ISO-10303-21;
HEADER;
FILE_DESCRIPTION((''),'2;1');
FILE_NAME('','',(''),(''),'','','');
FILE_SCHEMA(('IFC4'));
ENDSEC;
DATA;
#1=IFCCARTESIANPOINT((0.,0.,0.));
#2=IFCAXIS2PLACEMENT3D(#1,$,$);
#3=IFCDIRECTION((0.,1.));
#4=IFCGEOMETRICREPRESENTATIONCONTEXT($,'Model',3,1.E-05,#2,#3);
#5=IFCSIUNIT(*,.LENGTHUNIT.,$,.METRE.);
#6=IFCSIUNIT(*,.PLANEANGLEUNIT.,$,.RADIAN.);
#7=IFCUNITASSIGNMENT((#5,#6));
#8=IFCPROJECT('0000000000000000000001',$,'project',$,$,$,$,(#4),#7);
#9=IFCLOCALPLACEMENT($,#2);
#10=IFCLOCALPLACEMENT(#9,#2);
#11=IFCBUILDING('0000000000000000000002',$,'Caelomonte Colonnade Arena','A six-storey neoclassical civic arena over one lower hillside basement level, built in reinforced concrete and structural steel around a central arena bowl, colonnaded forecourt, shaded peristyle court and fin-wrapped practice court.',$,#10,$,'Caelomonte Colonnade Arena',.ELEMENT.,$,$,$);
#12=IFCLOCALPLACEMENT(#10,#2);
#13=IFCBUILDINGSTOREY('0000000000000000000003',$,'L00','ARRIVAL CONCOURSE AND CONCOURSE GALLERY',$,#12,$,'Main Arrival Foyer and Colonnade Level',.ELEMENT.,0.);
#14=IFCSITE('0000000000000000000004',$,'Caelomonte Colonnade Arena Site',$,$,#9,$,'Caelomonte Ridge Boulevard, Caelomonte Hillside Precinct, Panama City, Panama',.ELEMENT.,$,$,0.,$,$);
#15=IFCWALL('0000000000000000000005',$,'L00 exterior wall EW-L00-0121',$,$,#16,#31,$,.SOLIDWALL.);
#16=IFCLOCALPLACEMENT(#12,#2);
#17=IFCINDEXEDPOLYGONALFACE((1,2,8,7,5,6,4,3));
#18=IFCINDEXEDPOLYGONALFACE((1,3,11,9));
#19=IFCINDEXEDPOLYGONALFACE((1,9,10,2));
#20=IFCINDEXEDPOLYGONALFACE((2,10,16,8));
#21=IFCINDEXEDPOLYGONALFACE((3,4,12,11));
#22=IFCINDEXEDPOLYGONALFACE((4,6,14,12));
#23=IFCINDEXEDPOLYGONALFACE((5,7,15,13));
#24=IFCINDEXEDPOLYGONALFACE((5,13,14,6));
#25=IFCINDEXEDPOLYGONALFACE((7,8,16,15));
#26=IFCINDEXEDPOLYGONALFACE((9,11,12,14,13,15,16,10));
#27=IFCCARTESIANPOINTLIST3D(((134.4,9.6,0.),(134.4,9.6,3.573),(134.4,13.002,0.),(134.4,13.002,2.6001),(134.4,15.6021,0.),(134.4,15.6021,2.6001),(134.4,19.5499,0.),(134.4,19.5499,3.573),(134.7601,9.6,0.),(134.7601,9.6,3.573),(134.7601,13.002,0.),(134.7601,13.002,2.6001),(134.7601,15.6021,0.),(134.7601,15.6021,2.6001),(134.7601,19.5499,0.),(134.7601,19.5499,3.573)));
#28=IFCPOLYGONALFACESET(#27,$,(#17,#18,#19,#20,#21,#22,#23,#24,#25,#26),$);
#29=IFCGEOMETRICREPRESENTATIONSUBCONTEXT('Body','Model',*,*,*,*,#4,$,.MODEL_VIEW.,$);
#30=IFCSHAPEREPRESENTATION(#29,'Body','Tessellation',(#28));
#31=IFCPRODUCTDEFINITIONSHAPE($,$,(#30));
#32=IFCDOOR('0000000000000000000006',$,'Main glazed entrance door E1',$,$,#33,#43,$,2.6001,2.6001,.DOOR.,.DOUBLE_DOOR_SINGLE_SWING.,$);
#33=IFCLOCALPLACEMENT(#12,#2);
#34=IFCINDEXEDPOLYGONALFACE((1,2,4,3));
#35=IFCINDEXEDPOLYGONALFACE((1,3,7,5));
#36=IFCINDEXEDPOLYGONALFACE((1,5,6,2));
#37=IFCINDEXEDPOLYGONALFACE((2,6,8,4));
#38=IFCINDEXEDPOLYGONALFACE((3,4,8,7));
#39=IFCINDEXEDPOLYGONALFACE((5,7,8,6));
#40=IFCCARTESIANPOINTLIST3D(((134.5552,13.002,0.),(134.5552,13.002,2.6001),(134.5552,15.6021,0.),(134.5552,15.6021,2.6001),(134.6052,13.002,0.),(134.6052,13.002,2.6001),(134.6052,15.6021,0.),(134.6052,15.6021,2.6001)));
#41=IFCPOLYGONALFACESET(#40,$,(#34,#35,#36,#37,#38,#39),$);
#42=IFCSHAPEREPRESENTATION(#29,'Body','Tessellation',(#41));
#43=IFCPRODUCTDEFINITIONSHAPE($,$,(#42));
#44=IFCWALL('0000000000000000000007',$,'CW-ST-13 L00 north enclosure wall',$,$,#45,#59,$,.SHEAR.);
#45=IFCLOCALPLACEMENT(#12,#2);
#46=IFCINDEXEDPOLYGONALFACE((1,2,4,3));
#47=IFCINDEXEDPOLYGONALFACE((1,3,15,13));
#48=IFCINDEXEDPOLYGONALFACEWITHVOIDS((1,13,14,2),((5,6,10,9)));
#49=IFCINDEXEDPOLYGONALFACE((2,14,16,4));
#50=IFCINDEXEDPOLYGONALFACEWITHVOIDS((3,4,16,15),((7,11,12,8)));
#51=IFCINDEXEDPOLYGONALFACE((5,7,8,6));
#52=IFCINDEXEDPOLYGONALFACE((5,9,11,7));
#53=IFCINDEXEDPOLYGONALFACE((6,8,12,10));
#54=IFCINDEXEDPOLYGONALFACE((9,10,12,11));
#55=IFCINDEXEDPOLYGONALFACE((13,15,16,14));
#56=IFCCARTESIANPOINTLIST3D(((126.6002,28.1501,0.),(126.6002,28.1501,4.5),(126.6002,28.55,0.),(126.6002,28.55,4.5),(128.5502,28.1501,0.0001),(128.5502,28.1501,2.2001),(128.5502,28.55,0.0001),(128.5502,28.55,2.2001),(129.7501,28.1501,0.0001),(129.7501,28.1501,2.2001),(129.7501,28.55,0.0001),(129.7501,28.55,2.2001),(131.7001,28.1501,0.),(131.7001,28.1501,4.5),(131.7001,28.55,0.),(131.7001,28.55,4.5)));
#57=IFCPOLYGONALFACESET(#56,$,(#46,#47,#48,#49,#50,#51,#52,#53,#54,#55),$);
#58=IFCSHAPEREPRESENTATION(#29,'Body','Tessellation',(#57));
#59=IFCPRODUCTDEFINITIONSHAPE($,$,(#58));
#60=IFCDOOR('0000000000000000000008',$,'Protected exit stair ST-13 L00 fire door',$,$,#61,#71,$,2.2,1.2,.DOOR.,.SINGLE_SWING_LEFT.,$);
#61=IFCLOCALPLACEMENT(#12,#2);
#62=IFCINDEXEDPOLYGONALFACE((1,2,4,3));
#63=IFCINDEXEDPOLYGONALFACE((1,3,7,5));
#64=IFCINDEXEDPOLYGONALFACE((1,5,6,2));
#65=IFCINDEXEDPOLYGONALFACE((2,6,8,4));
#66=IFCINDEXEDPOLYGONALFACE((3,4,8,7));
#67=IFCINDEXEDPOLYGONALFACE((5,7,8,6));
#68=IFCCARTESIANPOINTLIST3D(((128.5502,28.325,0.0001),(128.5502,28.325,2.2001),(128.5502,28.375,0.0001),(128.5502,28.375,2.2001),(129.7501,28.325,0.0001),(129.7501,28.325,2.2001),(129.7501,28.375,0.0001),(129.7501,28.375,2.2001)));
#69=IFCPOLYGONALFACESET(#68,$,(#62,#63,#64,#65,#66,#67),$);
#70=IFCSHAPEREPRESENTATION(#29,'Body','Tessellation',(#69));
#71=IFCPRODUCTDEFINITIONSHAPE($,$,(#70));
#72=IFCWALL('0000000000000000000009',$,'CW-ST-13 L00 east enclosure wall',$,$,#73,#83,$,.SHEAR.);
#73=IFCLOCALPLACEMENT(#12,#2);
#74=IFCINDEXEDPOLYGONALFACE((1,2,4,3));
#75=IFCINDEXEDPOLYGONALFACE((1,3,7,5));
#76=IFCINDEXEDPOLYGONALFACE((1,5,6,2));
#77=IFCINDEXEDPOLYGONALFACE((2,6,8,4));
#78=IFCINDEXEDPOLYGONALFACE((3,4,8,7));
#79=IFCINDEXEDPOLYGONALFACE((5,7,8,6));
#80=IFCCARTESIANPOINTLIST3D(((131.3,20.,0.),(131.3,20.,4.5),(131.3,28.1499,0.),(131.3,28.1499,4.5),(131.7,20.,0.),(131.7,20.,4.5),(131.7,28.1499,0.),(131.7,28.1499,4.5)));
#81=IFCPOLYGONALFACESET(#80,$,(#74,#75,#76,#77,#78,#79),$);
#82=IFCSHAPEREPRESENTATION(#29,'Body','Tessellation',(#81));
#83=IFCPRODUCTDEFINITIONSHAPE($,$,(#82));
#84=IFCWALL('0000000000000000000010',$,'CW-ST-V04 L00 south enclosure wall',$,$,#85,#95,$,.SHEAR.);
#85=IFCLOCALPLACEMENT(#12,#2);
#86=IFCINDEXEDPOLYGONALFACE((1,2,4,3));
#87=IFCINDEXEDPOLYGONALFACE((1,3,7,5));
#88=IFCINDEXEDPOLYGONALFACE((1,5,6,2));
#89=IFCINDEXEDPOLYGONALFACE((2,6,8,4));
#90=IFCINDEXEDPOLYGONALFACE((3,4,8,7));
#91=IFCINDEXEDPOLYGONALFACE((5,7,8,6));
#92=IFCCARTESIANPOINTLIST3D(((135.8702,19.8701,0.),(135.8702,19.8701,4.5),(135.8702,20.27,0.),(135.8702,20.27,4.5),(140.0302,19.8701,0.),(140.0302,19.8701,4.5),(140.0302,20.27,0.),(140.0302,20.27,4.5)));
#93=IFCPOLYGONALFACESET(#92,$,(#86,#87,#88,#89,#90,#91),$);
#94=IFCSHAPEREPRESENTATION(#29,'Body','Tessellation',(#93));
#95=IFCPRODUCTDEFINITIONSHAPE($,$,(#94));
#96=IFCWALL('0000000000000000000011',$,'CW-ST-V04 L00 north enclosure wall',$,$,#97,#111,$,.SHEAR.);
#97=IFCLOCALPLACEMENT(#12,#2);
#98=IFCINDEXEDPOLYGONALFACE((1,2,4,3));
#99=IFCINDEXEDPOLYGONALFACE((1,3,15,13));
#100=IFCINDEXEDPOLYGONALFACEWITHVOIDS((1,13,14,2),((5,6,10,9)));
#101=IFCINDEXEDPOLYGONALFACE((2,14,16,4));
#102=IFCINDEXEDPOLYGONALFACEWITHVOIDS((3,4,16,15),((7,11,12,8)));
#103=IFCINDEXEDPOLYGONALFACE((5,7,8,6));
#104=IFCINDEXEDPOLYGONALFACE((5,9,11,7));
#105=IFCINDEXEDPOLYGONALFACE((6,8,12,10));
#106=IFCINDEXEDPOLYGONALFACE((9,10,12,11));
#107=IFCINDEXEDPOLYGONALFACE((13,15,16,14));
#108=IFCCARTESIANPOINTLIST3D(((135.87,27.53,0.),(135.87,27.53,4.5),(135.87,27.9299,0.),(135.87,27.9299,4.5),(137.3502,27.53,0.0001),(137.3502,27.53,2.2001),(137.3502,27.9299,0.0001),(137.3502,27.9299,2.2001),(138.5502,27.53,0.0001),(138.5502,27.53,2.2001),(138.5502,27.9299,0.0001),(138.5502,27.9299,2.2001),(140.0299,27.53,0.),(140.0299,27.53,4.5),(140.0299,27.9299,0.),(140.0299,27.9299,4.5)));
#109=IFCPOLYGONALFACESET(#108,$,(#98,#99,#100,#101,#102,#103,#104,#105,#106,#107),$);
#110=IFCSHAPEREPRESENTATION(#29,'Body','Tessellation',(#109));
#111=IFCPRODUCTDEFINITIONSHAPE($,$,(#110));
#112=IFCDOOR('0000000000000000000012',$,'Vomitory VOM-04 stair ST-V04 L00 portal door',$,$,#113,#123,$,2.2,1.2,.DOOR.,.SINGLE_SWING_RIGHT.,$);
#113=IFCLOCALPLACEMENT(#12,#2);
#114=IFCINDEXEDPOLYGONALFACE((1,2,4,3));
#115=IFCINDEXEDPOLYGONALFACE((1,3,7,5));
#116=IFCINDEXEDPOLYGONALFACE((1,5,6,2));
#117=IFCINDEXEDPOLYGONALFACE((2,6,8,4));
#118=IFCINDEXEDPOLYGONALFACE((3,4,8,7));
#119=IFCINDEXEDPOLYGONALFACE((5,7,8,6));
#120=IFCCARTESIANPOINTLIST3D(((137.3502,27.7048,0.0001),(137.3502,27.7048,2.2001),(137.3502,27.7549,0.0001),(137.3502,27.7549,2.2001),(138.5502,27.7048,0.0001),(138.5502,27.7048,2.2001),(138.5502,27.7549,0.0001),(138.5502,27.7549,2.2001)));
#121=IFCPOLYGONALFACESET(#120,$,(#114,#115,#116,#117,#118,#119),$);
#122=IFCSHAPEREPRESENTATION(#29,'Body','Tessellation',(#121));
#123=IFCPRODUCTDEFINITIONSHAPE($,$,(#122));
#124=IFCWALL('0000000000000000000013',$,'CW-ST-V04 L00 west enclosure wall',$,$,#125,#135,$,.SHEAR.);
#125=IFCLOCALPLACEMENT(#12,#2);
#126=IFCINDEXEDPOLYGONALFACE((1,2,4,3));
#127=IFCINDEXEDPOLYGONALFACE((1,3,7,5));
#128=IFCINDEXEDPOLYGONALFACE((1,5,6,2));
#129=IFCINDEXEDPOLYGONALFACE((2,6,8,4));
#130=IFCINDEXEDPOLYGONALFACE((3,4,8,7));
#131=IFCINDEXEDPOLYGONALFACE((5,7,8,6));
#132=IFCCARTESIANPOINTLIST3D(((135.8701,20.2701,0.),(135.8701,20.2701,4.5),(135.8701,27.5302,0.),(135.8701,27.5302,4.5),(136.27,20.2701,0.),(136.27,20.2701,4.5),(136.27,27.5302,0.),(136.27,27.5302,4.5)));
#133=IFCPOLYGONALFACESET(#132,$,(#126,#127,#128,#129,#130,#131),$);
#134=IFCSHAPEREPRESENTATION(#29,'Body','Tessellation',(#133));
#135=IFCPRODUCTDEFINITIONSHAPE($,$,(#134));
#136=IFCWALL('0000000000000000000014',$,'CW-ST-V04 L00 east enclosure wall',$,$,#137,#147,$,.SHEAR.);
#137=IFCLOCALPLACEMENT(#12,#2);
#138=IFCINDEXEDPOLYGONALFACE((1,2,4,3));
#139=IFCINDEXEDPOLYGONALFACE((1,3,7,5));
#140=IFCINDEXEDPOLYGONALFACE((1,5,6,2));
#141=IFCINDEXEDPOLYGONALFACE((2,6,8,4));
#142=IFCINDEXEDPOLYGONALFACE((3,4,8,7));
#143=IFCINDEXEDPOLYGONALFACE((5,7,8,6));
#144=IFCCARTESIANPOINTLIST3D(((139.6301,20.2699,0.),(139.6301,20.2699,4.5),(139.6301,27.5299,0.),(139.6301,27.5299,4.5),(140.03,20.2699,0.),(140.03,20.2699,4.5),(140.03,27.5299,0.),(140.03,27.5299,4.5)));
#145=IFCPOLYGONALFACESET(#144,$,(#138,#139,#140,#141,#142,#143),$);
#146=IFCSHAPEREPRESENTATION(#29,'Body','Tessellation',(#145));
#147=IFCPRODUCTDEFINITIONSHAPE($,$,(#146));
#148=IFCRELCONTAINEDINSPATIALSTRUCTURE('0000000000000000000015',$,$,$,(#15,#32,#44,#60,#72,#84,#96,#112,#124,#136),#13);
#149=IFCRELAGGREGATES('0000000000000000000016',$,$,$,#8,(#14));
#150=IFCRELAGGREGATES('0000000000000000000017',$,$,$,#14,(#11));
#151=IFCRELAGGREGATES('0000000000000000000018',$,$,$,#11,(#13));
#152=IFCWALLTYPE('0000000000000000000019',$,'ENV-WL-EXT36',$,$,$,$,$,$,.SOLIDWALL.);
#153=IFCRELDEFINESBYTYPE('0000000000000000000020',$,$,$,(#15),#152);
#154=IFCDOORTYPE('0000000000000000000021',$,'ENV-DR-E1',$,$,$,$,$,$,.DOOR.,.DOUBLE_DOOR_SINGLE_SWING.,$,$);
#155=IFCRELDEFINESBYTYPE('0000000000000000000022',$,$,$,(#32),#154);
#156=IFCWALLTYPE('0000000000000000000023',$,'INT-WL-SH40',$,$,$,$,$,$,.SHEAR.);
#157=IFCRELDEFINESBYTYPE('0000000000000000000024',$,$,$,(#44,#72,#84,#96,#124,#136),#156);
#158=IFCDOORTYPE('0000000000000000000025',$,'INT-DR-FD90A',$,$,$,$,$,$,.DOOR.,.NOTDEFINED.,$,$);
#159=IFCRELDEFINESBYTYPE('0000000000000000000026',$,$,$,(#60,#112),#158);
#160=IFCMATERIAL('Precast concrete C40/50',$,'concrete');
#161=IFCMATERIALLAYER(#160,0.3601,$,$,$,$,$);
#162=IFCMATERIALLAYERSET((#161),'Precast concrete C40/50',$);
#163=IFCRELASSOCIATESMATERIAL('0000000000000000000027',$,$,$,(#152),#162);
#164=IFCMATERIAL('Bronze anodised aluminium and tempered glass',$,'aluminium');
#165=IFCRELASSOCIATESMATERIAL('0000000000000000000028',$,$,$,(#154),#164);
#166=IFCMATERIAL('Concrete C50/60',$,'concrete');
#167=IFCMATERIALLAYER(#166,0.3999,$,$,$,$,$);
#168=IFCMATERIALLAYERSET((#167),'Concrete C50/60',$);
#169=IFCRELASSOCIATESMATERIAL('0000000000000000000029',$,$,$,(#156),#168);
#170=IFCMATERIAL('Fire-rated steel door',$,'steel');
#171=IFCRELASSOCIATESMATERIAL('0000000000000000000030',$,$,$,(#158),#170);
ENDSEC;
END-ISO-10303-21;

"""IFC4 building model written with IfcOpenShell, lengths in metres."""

from ifc_helpers import new_model, si_unit, direction, frame, frame_2d, origin, place, context, subcontext, project, spatial, rectangle, extrude, material, layer, layer_set, type_object, element, fill, save


model = new_model("IFC4")

# Units and contexts
model_context = context("Model", 3, precision=1e-05, world=origin(), true_north=direction((0.0, 1.0)))
body_context = subcontext(model_context, "Body", "Model", "MODEL_VIEW")
ifc_project = project(units=[si_unit("LENGTHUNIT", "METRE"), si_unit("PLANEANGLEUNIT", "RADIAN")], contexts=[model_context])

# Site, building, storey
site_placement = place(None, origin())
site = spatial("IfcSite", under=ifc_project, at=site_placement, Name="Caelomonte Colonnade Arena Site", LongName="Caelomonte Ridge Boulevard, Caelomonte Hillside Precinct, Panama City, Panama", CompositionType="ELEMENT", RefElevation=0.0)
building_placement = place(site_placement, origin())
building = spatial("IfcBuilding", under=site, at=building_placement, Name="Caelomonte Colonnade Arena", Description="A six-storey neoclassical civic arena over one lower hillside basement level, built in reinforced concrete and structural steel around a central arena bowl, colonnaded forecourt, shaded peristyle court and fin-wrapped practice court.", LongName="Caelomonte Colonnade Arena", CompositionType="ELEMENT")
storey_placement = place(building_placement, origin())
storey = spatial("IfcBuildingStorey", under=building, at=storey_placement, Name="L00", Description="ARRIVAL CONCOURSE AND CONCOURSE GALLERY", LongName="Main Arrival Foyer and Colonnade Level", CompositionType="ELEMENT", Elevation=0.0)

# Shared definitions
ifc_material_1 = material(Name="Concrete C50/60", Category="concrete")

# Walls, openings, doors
ifc_material_2 = material(Name="Precast concrete C40/50", Category="concrete")
ifc_layer_1 = layer(ifc_material_2, 0.3601)
ifc_layer_set_1 = layer_set([ifc_layer_1], Name="Precast concrete C40/50")
wall_type_1 = type_object("IfcWallType", Name="ENV-WL-EXT36", PredefinedType="SOLIDWALL", material=ifc_layer_set_1)
wall_1_placement = place(storey_placement, frame((134.5801, 19.55, 0.0), z_axis=(0.0, 0.0, 1.0), x_axis=(0.0, -1.0, 0.0)))
wall_1 = element("IfcWall", 1, at=wall_1_placement, inside=storey, type_object=wall_type_1, Name="L00 exterior wall EW-L00-0121", PredefinedType="SOLIDWALL", context=body_context, shape_type="SweptSolid", body=[
    extrude(rectangle(XDim=9.95, YDim=0.3601, at=frame_2d((4.9751, 0.0))), origin(), (0.0, 0.0, 1.0), 3.573),
])
opening_1_placement = place(wall_1_placement, frame((6.5481, 0.0, 0.0), z_axis=(0.0, 0.0, 1.0), x_axis=(-1.0, 0.0, 0.0)))
opening_1 = element("IfcOpeningElement", 2, at=opening_1_placement, cuts=wall_1, PredefinedType="OPENING", context=body_context, shape_type="SweptSolid", body=[
    extrude(rectangle(XDim=2.6001, YDim=2.6001, at=frame_2d((1.3, 1.3))), frame((0.0, 0.1899, 0.0), z_axis=(0.0, -1.0, 0.0), x_axis=(1.0, 0.0, 0.0)), (0.0, 0.0, 1.0), 0.3801),
])
ifc_material_3 = material(Name="Bronze anodised aluminium and tempered glass", Category="aluminium")
door_type_1 = type_object("IfcDoorType", Name="ENV-DR-E1", OperationType="DOUBLE_DOOR_SINGLE_SWING", PredefinedType="DOOR", material=ifc_material_3)
door_1_placement = place(opening_1_placement, origin())
door_1 = element("IfcDoor", 3, at=door_1_placement, inside=storey, type_object=door_type_1, Name="Main glazed entrance door E1", OperationType="DOUBLE_DOOR_SINGLE_SWING", OverallHeight=2.6001, OverallWidth=2.6001, PredefinedType="DOOR", context=body_context, shape_type="SweptSolid", body=[
    extrude(rectangle(XDim=2.6001, YDim=2.6001, at=frame_2d((1.3, 1.3))), frame((0.0, 0.0249, 0.0), z_axis=(0.0, -1.0, 0.0), x_axis=(1.0, 0.0, 0.0)), (0.0, 0.0, 1.0), 0.05),
])
fill(opening_1, door_1)
ifc_layer_2 = layer(ifc_material_1, 0.3999)
ifc_layer_set_2 = layer_set([ifc_layer_2], Name="Concrete C50/60")
wall_type_2 = type_object("IfcWallType", Name="INT-WL-SH40", PredefinedType="SHEAR", material=ifc_layer_set_2)
wall_2_placement = place(storey_placement, frame((131.7, 28.3501, 0.0), z_axis=(0.0, 0.0, 1.0), x_axis=(-1.0, 0.0, 0.0)))
wall_2 = element("IfcWall", 4, at=wall_2_placement, inside=storey, type_object=wall_type_2, Name="CW-ST-13 L00 north enclosure wall", PredefinedType="SHEAR", context=body_context, shape_type="SweptSolid", body=[
    extrude(rectangle(XDim=5.0999, YDim=0.3999, at=frame_2d((2.5498, 0.0))), origin(), (0.0, 0.0, 1.0), 4.5),
])
opening_2_placement = place(wall_2_placement, frame((3.1499, 0.0, 0.0), z_axis=(0.0, 0.0, 1.0), x_axis=(-1.0, 0.0, 0.0)))
opening_2 = element("IfcOpeningElement", 5, at=opening_2_placement, cuts=wall_2, PredefinedType="OPENING", context=body_context, shape_type="SweptSolid", body=[
    extrude(rectangle(XDim=1.2, YDim=2.2, at=frame_2d((0.6001, 1.1001))), frame((0.0, 0.21, 0.0), z_axis=(0.0, -1.0, 0.0), x_axis=(1.0, 0.0, 0.0)), (0.0, 0.0, 1.0), 0.4199),
])
ifc_material_4 = material(Name="Fire-rated steel door", Category="steel")
door_type_2 = type_object("IfcDoorType", Name="INT-DR-FD90A", OperationType="NOTDEFINED", PredefinedType="DOOR", material=ifc_material_4)
door_2_placement = place(opening_2_placement, origin())
door_2 = element("IfcDoor", 6, at=door_2_placement, inside=storey, type_object=door_type_2, Name="Protected exit stair ST-13 L00 fire door", OperationType="SINGLE_SWING_LEFT", OverallHeight=2.2, OverallWidth=1.2, PredefinedType="DOOR", context=body_context, shape_type="SweptSolid", body=[
    extrude(rectangle(XDim=1.2, YDim=2.2, at=frame_2d((0.6001, 1.1001))), frame((0.0, 0.0249, 0.0), z_axis=(0.0, -1.0, 0.0), x_axis=(1.0, 0.0, 0.0)), (0.0, 0.0, 1.0), 0.05),
])
fill(opening_2, door_2)

# Walls
wall_3_placement = place(storey_placement, frame((131.5, 20.0, 0.0), z_axis=(0.0, 0.0, 1.0), x_axis=(0.0, 1.0, 0.0)))
element("IfcWall", 7, at=wall_3_placement, inside=storey, type_object=wall_type_2, Name="CW-ST-13 L00 east enclosure wall", PredefinedType="SHEAR", context=body_context, shape_type="SweptSolid", body=[
    extrude(rectangle(XDim=8.1499, YDim=0.3999, at=frame_2d((4.075, 0.0))), origin(), (0.0, 0.0, 1.0), 4.5),
])
wall_4_placement = place(storey_placement, frame((135.8701, 20.0701, 0.0), z_axis=(0.0, 0.0, 1.0), x_axis=(1.0, 0.0, 0.0)))
element("IfcWall", 8, at=wall_4_placement, inside=storey, type_object=wall_type_2, Name="CW-ST-V04 L00 south enclosure wall", PredefinedType="SHEAR", context=body_context, shape_type="SweptSolid", body=[
    extrude(rectangle(XDim=4.1599, YDim=0.3999, at=frame_2d((2.0801, 0.0))), origin(), (0.0, 0.0, 1.0), 4.5),
])

# Wall, opening, door
wall_5_placement = place(storey_placement, frame((140.03, 27.73, 0.0), z_axis=(0.0, 0.0, 1.0), x_axis=(-1.0, 0.0, 0.0)))
wall_5 = element("IfcWall", 9, at=wall_5_placement, inside=storey, type_object=wall_type_2, Name="CW-ST-V04 L00 north enclosure wall", PredefinedType="SHEAR", context=body_context, shape_type="SweptSolid", body=[
    extrude(rectangle(XDim=4.1599, YDim=0.3999, at=frame_2d((2.0801, 0.0))), origin(), (0.0, 0.0, 1.0), 4.5),
])
opening_3_placement = place(wall_5_placement, frame((2.6799, 0.0, 0.0), z_axis=(0.0, 0.0, 1.0), x_axis=(-1.0, 0.0, 0.0)))
opening_3 = element("IfcOpeningElement", 10, at=opening_3_placement, cuts=wall_5, PredefinedType="OPENING", context=body_context, shape_type="SweptSolid", body=[
    extrude(rectangle(XDim=1.2, YDim=2.2, at=frame_2d((0.6001, 1.1001))), frame((0.0, 0.21, 0.0), z_axis=(0.0, -1.0, 0.0), x_axis=(1.0, 0.0, 0.0)), (0.0, 0.0, 1.0), 0.4199),
])
door_3_placement = place(opening_3_placement, origin())
door_3 = element("IfcDoor", 11, at=door_3_placement, inside=storey, type_object=door_type_2, Name="Vomitory VOM-04 stair ST-V04 L00 portal door", OperationType="SINGLE_SWING_RIGHT", OverallHeight=2.2, OverallWidth=1.2, PredefinedType="DOOR", context=body_context, shape_type="SweptSolid", body=[
    extrude(rectangle(XDim=1.2, YDim=2.2, at=frame_2d((0.6001, 1.1001))), frame((0.0, 0.0249, 0.0), z_axis=(0.0, -1.0, 0.0), x_axis=(1.0, 0.0, 0.0)), (0.0, 0.0, 1.0), 0.05),
])
fill(opening_3, door_3)

# Walls
for number, where, z_axis, x_axis, name in (
    (12, (136.0701, 27.53, 0.0), (0.0, 0.0, 1.0), (0.0, -1.0, 0.0), "CW-ST-V04 L00 west enclosure wall"),
    (13, (139.8301, 20.27, 0.0), (0.0, 0.0, 1.0), (0.0, 1.0, 0.0), "CW-ST-V04 L00 east enclosure wall"),
):
    element("IfcWall", number, at=place(storey_placement, frame(where, z_axis=z_axis, x_axis=x_axis)), inside=storey, type_object=wall_type_2, Name=name, PredefinedType="SHEAR", context=body_context, shape_type="SweptSolid", body=[
        extrude(rectangle(XDim=7.26, YDim=0.3999, at=frame_2d((3.6299, 0.0))), origin(), (0.0, 0.0, 1.0), 4.5),
    ])

save(model, "model.ifc")
